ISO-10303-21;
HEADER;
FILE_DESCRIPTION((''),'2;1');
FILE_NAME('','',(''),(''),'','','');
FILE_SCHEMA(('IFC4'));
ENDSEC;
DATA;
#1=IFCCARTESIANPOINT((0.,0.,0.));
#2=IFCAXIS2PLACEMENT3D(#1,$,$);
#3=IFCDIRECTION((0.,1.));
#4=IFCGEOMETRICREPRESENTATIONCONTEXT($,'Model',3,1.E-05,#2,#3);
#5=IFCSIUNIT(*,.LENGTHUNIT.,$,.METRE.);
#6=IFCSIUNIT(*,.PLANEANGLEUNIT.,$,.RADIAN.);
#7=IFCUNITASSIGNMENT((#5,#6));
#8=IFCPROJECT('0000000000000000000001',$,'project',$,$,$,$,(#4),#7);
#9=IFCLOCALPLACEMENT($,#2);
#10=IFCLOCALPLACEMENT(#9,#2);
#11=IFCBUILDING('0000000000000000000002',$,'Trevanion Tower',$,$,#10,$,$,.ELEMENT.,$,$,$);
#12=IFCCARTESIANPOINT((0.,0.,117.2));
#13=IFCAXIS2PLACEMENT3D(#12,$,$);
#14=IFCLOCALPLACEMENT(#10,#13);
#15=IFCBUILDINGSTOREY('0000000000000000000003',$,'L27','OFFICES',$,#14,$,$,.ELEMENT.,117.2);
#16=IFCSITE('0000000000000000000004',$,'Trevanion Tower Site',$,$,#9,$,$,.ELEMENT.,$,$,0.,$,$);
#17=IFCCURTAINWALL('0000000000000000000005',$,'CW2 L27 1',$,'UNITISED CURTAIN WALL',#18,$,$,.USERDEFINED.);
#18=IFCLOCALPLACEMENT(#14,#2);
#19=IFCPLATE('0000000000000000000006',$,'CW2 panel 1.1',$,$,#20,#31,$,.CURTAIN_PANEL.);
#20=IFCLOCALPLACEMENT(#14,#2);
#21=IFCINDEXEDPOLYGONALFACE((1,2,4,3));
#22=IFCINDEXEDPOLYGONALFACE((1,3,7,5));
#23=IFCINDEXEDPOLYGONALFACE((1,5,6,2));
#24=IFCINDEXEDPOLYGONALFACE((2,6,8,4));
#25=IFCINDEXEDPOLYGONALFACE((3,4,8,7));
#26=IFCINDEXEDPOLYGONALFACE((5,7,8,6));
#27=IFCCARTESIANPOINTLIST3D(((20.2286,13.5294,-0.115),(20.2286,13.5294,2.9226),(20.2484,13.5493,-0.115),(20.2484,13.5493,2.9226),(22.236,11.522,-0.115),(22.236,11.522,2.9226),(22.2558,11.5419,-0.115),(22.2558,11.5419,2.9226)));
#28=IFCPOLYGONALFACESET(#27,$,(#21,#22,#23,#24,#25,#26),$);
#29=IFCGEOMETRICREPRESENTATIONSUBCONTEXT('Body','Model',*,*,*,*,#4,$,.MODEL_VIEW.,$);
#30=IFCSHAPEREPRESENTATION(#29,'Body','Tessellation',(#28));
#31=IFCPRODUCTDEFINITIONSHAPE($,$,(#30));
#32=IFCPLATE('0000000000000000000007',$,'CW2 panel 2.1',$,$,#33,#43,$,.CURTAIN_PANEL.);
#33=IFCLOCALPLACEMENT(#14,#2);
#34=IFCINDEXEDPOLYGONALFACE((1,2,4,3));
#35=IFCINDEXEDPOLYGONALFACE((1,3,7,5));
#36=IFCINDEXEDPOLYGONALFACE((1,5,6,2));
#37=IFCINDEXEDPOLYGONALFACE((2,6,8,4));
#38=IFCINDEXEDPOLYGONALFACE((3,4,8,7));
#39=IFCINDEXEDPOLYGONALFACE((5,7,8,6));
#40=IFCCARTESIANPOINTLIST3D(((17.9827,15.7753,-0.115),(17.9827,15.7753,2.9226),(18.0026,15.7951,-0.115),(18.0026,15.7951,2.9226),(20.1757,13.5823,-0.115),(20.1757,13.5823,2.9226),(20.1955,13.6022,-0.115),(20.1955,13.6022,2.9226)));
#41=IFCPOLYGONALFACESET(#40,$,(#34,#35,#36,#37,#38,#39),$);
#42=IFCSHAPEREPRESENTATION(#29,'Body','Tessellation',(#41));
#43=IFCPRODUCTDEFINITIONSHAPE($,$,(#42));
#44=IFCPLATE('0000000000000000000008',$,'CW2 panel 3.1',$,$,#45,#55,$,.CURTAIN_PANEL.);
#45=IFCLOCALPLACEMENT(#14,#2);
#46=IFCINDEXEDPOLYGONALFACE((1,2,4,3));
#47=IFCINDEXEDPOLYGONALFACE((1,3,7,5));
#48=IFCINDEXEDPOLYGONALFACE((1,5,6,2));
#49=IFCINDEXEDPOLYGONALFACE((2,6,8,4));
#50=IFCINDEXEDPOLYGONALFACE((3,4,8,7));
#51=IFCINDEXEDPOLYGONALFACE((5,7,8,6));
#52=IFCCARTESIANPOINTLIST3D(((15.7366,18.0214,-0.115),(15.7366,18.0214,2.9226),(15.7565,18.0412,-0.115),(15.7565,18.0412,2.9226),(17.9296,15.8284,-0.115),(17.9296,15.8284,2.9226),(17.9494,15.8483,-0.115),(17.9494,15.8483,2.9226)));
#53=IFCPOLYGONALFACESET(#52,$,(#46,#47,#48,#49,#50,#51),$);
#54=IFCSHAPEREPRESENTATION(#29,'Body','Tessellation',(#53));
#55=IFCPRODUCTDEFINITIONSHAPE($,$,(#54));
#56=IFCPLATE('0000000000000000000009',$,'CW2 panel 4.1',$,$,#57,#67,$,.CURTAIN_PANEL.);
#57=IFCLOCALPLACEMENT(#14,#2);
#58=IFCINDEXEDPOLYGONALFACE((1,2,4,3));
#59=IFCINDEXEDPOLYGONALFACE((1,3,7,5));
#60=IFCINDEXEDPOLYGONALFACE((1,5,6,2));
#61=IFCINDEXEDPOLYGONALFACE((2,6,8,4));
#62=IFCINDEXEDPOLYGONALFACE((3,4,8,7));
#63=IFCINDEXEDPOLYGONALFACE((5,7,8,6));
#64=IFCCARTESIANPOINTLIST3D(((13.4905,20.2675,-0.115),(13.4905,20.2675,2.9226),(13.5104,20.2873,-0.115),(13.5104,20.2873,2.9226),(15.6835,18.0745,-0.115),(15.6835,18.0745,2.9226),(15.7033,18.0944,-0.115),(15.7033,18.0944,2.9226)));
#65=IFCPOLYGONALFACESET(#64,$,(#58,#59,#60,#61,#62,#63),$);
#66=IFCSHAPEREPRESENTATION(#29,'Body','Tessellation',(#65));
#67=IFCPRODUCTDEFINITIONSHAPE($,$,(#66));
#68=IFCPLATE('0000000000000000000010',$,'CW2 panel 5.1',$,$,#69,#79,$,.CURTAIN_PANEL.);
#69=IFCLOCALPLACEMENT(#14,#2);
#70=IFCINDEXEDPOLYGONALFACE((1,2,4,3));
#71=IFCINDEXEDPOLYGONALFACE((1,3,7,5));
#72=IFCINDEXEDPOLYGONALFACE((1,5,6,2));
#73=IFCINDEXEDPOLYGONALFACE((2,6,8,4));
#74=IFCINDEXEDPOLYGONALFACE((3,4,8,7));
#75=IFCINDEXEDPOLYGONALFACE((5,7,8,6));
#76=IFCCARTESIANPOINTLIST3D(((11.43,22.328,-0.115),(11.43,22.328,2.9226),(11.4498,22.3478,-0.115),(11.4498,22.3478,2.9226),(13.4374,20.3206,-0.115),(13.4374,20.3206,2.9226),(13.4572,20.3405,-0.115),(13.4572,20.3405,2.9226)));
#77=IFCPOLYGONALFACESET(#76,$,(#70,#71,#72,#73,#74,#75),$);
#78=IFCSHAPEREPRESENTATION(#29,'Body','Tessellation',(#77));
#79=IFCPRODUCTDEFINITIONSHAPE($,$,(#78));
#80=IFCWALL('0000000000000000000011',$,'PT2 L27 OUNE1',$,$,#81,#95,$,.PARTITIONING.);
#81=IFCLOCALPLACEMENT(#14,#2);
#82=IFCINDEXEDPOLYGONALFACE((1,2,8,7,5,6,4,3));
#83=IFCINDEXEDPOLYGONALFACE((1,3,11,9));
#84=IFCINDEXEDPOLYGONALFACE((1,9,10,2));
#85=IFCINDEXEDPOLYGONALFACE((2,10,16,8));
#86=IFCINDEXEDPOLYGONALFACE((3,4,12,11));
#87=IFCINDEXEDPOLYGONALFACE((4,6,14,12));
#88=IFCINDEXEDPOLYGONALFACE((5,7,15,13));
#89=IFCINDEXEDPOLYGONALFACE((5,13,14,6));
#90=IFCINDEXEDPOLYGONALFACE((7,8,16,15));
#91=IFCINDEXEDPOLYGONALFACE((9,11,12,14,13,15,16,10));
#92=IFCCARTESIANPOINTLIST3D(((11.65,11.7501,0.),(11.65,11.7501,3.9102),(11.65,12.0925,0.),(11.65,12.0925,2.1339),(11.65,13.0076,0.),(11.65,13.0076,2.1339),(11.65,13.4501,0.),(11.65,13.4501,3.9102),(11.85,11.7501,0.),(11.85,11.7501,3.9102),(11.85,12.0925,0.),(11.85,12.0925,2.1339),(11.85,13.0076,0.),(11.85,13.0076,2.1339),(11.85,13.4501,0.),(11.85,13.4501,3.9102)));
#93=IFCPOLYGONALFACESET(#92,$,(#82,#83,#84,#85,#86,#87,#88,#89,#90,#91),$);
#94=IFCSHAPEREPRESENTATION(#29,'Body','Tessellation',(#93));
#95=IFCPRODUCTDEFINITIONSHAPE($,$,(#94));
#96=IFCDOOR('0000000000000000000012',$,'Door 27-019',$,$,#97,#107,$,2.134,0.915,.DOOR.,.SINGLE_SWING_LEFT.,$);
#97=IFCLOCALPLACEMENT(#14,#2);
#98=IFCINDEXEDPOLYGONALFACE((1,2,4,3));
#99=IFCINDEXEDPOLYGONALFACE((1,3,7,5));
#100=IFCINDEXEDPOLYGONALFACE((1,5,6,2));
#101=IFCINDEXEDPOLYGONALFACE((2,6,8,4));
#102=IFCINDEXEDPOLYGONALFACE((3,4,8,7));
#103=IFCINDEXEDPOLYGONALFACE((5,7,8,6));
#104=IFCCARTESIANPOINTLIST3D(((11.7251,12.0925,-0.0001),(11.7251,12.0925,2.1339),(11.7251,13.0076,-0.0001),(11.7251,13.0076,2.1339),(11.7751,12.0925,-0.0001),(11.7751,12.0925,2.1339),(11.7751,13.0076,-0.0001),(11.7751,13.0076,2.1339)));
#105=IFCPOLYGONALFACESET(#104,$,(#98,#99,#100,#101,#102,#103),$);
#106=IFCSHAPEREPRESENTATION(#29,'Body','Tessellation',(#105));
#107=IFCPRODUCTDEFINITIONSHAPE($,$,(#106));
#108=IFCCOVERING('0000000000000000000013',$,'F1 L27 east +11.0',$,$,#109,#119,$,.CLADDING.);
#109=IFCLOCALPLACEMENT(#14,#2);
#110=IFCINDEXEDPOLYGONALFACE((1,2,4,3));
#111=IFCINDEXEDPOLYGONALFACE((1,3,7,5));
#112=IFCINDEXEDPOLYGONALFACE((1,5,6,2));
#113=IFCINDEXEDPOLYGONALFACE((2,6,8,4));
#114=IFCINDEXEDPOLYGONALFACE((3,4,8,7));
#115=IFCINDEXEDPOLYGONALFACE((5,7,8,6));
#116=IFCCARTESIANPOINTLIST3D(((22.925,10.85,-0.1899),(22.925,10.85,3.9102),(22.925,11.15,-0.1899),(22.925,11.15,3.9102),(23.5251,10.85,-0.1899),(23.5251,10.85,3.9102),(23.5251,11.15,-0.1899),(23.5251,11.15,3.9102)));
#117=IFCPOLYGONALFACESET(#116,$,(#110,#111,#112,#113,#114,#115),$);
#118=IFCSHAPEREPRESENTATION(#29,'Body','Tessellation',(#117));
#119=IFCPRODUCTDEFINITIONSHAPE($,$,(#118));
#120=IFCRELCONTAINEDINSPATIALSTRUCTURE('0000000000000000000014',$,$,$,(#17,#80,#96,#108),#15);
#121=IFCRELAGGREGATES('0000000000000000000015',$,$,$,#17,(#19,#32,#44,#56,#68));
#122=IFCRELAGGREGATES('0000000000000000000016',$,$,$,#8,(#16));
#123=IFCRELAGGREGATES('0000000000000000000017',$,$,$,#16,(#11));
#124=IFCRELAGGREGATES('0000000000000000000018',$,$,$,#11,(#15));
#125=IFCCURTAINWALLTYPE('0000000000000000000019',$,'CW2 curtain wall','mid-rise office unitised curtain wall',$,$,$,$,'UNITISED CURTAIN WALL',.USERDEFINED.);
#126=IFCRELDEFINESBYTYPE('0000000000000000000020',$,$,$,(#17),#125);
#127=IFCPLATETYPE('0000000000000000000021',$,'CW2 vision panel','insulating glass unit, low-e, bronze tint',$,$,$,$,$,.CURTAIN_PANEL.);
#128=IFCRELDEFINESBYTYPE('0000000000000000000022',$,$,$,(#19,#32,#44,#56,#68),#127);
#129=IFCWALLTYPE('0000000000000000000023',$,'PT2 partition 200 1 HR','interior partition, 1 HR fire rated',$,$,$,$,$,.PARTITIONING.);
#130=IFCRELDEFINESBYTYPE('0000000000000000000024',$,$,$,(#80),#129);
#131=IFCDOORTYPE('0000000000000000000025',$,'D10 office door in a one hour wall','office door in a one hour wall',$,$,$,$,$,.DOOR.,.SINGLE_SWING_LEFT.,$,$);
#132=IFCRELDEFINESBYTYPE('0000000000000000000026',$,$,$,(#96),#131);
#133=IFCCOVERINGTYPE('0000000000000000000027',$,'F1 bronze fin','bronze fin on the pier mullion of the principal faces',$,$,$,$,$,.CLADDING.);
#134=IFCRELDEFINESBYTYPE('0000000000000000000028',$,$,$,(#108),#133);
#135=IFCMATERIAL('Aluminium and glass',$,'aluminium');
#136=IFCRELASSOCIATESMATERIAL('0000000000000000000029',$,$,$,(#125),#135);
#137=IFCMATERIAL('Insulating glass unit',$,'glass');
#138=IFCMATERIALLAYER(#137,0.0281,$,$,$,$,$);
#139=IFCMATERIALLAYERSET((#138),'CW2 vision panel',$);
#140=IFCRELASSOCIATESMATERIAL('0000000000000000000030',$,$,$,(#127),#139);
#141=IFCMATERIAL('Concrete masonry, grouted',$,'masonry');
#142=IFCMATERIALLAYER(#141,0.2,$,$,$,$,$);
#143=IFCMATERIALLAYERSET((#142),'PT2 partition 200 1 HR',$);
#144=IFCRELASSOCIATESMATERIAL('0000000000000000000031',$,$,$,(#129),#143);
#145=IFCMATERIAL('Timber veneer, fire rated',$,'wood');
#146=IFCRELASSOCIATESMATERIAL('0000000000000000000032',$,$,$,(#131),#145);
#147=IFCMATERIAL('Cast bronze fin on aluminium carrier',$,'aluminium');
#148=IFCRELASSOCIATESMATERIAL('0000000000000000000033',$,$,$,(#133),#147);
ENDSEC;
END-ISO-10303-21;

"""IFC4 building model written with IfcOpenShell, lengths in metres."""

from ifc_helpers import new_model, si_unit, direction, frame, frame_2d, origin, origin_2d, place, context, subcontext, project, spatial, rectangle, extrude, material, layer, layer_set, type_object, element, fill, aggregate, save


model = new_model("IFC4")

# Units and contexts
model_context = context("Model", 3, precision=1e-05, world=origin(), true_north=direction((0.0, 1.0)))
body_context = subcontext(model_context, "Body", "Model", "MODEL_VIEW")
ifc_project = project(units=[si_unit("LENGTHUNIT", "METRE"), si_unit("PLANEANGLEUNIT", "RADIAN")], contexts=[model_context])

# Site, building, storey
site_placement = place(None, origin())
site = spatial("IfcSite", under=ifc_project, at=site_placement, Name="Trevanion Tower Site", CompositionType="ELEMENT", RefElevation=0.0)
building_placement = place(site_placement, origin())
building = spatial("IfcBuilding", under=site, at=building_placement, Name="Trevanion Tower", CompositionType="ELEMENT")
storey_placement = place(building_placement, frame((0.0, 0.0, 117.2)))
storey = spatial("IfcBuildingStorey", under=building, at=storey_placement, Name="L27", Description="OFFICES", CompositionType="ELEMENT", Elevation=117.2)

# Curtain wall
ifc_material_1 = material(Name="Aluminium and glass", Category="aluminium")
curtain_wall_type = type_object("IfcCurtainWallType", Name="CW2 curtain wall", Description="mid-rise office unitised curtain wall", ElementType="UNITISED CURTAIN WALL", PredefinedType="USERDEFINED", material=ifc_material_1)
curtain_wall_1_placement = place(storey_placement, origin())
curtain_wall_1 = element("IfcCurtainWall", 1, at=curtain_wall_1_placement, inside=storey, type_object=curtain_wall_type, Name="CW2 L27 1", ObjectType="UNITISED CURTAIN WALL", PredefinedType="USERDEFINED")

# Plates
ifc_material_2 = material(Name="Insulating glass unit", Category="glass")
ifc_layer_1 = layer(ifc_material_2, 0.0281)
ifc_layer_set_1 = layer_set([ifc_layer_1], Name="CW2 vision panel")
plate_type_1 = type_object("IfcPlateType", Name="CW2 vision panel", Description="insulating glass unit, low-e, bronze tint", PredefinedType="CURTAIN_PANEL", material=ifc_layer_set_1)
plate_1_placement = place(storey_placement, frame((21.2422, 12.5356, -0.115), z_axis=(0.0, 0.0, 1.0), x_axis=(-0.707107, 0.707107, 0.0)))
plate_1 = element("IfcPlate", 2, at=plate_1_placement, type_object=plate_type_1, Name="CW2 panel 1.1", PredefinedType="CURTAIN_PANEL", context=body_context, shape_type="SweptSolid", body=[
    extrude(rectangle(XDim=2.8389, YDim=0.0281, at=origin_2d()), origin(), (0.0, 0.0, 1.0), 3.0376),
])
plate_2_placement = place(storey_placement, frame((19.0891, 14.6887, -0.115), z_axis=(0.0, 0.0, 1.0), x_axis=(-0.707107, 0.707107, 0.0)))
plate_2 = element("IfcPlate", 3, at=plate_2_placement, type_object=plate_type_1, Name="CW2 panel 2.1", PredefinedType="CURTAIN_PANEL", context=body_context, shape_type="SweptSolid", body=[
    extrude(rectangle(XDim=3.1013, YDim=0.0281, at=origin_2d()), origin(), (0.0, 0.0, 1.0), 3.0376),
])
plate_3_placement = place(storey_placement, frame((16.843, 16.9348, -0.115), z_axis=(0.0, 0.0, 1.0), x_axis=(-0.707107, 0.707107, 0.0)))
plate_3 = element("IfcPlate", 4, at=plate_3_placement, type_object=plate_type_1, Name="CW2 panel 3.1", PredefinedType="CURTAIN_PANEL", context=body_context, shape_type="SweptSolid", body=[
    extrude(rectangle(XDim=3.1013, YDim=0.0281, at=origin_2d()), origin(), (0.0, 0.0, 1.0), 3.0376),
])
plate_4_placement = place(storey_placement, frame((14.5969, 19.1809, -0.115), z_axis=(0.0, 0.0, 1.0), x_axis=(-0.707107, 0.707107, 0.0)))
plate_4 = element("IfcPlate", 5, at=plate_4_placement, type_object=plate_type_1, Name="CW2 panel 4.1", PredefinedType="CURTAIN_PANEL", context=body_context, shape_type="SweptSolid", body=[
    extrude(rectangle(XDim=3.1013, YDim=0.0281, at=origin_2d()), origin(), (0.0, 0.0, 1.0), 3.0376),
])
plate_5_placement = place(storey_placement, frame((12.4436, 21.3342, -0.115), z_axis=(0.0, 0.0, 1.0), x_axis=(-0.707107, 0.707107, 0.0)))
plate_5 = element("IfcPlate", 6, at=plate_5_placement, type_object=plate_type_1, Name="CW2 panel 5.1", PredefinedType="CURTAIN_PANEL", context=body_context, shape_type="SweptSolid", body=[
    extrude(rectangle(XDim=2.8389, YDim=0.0281, at=origin_2d()), origin(), (0.0, 0.0, 1.0), 3.0376),
])
aggregate(curtain_wall_1, [plate_1, plate_2, plate_3, plate_4, plate_5])

# Wall, opening, door
ifc_material_3 = material(Name="Concrete masonry, grouted", Category="masonry")
ifc_layer_2 = layer(ifc_material_3, 0.2)
ifc_layer_set_2 = layer_set([ifc_layer_2], Name="PT2 partition 200 1 HR")
wall_type = type_object("IfcWallType", Name="PT2 partition 200 1 HR", Description="interior partition, 1 HR fire rated", PredefinedType="PARTITIONING", material=ifc_layer_set_2)
wall_placement = place(storey_placement, frame((11.75, 11.75, 0.0), z_axis=(0.0, 0.0, 1.0), x_axis=(0.0, 1.0, 0.0)))
wall = element("IfcWall", 7, at=wall_placement, inside=storey, type_object=wall_type, Name="PT2 L27 OUNE1", PredefinedType="PARTITIONING", context=body_context, shape_type="SweptSolid", body=[
    extrude(rectangle(XDim=1.7, YDim=0.2, at=frame_2d((0.8501, 0.0))), origin(), (0.0, 0.0, 1.0), 3.9102),
])
opening_placement = place(wall_placement, frame((0.3425, 0.0, 0.0)))
opening = element("IfcOpeningElement", 8, at=opening_placement, cuts=wall, PredefinedType="OPENING", context=body_context, shape_type="SweptSolid", body=[
    extrude(rectangle(XDim=0.915, YDim=2.134, at=frame_2d((0.4575, 1.0669))), frame((0.0, 0.1099, 0.0), z_axis=(0.0, -1.0, 0.0), x_axis=(1.0, 0.0, 0.0)), (0.0, 0.0, 1.0), 0.22),
])
ifc_material_4 = material(Name="Timber veneer, fire rated", Category="wood")
door_type = type_object("IfcDoorType", Name="D10 office door in a one hour wall", Description="office door in a one hour wall", OperationType="SINGLE_SWING_LEFT", PredefinedType="DOOR", material=ifc_material_4)
door_placement = place(opening_placement, origin())
door = element("IfcDoor", 9, at=door_placement, inside=storey, type_object=door_type, Name="Door 27-019", OperationType="SINGLE_SWING_LEFT", OverallHeight=2.134, OverallWidth=0.915, PredefinedType="DOOR", context=body_context, shape_type="SweptSolid", body=[
    extrude(rectangle(XDim=0.915, YDim=2.134, at=frame_2d((0.4575, 1.0669))), frame((0.0, 0.0249, 0.0), z_axis=(0.0, -1.0, 0.0), x_axis=(1.0, 0.0, 0.0)), (0.0, 0.0, 1.0), 0.05),
])
fill(opening, door)

# Covering
ifc_material_5 = material(Name="Cast bronze fin on aluminium carrier", Category="aluminium")
covering_type = type_object("IfcCoveringType", Name="F1 bronze fin", Description="bronze fin on the pier mullion of the principal faces", PredefinedType="CLADDING", material=ifc_material_5)
covering_placement = place(storey_placement, frame((23.2251, 11.0, -0.1899), z_axis=(0.0, 0.0, 1.0), x_axis=(0.0, 1.0, 0.0)))
element("IfcCovering", 10, at=covering_placement, inside=storey, type_object=covering_type, Name="F1 L27 east +11.0", PredefinedType="CLADDING", context=body_context, shape_type="SweptSolid", body=[
    extrude(rectangle(XDim=0.3, YDim=0.6001, at=origin_2d()), origin(), (0.0, 0.0, 1.0), 4.1001),
])

save(model, "model.ifc")
